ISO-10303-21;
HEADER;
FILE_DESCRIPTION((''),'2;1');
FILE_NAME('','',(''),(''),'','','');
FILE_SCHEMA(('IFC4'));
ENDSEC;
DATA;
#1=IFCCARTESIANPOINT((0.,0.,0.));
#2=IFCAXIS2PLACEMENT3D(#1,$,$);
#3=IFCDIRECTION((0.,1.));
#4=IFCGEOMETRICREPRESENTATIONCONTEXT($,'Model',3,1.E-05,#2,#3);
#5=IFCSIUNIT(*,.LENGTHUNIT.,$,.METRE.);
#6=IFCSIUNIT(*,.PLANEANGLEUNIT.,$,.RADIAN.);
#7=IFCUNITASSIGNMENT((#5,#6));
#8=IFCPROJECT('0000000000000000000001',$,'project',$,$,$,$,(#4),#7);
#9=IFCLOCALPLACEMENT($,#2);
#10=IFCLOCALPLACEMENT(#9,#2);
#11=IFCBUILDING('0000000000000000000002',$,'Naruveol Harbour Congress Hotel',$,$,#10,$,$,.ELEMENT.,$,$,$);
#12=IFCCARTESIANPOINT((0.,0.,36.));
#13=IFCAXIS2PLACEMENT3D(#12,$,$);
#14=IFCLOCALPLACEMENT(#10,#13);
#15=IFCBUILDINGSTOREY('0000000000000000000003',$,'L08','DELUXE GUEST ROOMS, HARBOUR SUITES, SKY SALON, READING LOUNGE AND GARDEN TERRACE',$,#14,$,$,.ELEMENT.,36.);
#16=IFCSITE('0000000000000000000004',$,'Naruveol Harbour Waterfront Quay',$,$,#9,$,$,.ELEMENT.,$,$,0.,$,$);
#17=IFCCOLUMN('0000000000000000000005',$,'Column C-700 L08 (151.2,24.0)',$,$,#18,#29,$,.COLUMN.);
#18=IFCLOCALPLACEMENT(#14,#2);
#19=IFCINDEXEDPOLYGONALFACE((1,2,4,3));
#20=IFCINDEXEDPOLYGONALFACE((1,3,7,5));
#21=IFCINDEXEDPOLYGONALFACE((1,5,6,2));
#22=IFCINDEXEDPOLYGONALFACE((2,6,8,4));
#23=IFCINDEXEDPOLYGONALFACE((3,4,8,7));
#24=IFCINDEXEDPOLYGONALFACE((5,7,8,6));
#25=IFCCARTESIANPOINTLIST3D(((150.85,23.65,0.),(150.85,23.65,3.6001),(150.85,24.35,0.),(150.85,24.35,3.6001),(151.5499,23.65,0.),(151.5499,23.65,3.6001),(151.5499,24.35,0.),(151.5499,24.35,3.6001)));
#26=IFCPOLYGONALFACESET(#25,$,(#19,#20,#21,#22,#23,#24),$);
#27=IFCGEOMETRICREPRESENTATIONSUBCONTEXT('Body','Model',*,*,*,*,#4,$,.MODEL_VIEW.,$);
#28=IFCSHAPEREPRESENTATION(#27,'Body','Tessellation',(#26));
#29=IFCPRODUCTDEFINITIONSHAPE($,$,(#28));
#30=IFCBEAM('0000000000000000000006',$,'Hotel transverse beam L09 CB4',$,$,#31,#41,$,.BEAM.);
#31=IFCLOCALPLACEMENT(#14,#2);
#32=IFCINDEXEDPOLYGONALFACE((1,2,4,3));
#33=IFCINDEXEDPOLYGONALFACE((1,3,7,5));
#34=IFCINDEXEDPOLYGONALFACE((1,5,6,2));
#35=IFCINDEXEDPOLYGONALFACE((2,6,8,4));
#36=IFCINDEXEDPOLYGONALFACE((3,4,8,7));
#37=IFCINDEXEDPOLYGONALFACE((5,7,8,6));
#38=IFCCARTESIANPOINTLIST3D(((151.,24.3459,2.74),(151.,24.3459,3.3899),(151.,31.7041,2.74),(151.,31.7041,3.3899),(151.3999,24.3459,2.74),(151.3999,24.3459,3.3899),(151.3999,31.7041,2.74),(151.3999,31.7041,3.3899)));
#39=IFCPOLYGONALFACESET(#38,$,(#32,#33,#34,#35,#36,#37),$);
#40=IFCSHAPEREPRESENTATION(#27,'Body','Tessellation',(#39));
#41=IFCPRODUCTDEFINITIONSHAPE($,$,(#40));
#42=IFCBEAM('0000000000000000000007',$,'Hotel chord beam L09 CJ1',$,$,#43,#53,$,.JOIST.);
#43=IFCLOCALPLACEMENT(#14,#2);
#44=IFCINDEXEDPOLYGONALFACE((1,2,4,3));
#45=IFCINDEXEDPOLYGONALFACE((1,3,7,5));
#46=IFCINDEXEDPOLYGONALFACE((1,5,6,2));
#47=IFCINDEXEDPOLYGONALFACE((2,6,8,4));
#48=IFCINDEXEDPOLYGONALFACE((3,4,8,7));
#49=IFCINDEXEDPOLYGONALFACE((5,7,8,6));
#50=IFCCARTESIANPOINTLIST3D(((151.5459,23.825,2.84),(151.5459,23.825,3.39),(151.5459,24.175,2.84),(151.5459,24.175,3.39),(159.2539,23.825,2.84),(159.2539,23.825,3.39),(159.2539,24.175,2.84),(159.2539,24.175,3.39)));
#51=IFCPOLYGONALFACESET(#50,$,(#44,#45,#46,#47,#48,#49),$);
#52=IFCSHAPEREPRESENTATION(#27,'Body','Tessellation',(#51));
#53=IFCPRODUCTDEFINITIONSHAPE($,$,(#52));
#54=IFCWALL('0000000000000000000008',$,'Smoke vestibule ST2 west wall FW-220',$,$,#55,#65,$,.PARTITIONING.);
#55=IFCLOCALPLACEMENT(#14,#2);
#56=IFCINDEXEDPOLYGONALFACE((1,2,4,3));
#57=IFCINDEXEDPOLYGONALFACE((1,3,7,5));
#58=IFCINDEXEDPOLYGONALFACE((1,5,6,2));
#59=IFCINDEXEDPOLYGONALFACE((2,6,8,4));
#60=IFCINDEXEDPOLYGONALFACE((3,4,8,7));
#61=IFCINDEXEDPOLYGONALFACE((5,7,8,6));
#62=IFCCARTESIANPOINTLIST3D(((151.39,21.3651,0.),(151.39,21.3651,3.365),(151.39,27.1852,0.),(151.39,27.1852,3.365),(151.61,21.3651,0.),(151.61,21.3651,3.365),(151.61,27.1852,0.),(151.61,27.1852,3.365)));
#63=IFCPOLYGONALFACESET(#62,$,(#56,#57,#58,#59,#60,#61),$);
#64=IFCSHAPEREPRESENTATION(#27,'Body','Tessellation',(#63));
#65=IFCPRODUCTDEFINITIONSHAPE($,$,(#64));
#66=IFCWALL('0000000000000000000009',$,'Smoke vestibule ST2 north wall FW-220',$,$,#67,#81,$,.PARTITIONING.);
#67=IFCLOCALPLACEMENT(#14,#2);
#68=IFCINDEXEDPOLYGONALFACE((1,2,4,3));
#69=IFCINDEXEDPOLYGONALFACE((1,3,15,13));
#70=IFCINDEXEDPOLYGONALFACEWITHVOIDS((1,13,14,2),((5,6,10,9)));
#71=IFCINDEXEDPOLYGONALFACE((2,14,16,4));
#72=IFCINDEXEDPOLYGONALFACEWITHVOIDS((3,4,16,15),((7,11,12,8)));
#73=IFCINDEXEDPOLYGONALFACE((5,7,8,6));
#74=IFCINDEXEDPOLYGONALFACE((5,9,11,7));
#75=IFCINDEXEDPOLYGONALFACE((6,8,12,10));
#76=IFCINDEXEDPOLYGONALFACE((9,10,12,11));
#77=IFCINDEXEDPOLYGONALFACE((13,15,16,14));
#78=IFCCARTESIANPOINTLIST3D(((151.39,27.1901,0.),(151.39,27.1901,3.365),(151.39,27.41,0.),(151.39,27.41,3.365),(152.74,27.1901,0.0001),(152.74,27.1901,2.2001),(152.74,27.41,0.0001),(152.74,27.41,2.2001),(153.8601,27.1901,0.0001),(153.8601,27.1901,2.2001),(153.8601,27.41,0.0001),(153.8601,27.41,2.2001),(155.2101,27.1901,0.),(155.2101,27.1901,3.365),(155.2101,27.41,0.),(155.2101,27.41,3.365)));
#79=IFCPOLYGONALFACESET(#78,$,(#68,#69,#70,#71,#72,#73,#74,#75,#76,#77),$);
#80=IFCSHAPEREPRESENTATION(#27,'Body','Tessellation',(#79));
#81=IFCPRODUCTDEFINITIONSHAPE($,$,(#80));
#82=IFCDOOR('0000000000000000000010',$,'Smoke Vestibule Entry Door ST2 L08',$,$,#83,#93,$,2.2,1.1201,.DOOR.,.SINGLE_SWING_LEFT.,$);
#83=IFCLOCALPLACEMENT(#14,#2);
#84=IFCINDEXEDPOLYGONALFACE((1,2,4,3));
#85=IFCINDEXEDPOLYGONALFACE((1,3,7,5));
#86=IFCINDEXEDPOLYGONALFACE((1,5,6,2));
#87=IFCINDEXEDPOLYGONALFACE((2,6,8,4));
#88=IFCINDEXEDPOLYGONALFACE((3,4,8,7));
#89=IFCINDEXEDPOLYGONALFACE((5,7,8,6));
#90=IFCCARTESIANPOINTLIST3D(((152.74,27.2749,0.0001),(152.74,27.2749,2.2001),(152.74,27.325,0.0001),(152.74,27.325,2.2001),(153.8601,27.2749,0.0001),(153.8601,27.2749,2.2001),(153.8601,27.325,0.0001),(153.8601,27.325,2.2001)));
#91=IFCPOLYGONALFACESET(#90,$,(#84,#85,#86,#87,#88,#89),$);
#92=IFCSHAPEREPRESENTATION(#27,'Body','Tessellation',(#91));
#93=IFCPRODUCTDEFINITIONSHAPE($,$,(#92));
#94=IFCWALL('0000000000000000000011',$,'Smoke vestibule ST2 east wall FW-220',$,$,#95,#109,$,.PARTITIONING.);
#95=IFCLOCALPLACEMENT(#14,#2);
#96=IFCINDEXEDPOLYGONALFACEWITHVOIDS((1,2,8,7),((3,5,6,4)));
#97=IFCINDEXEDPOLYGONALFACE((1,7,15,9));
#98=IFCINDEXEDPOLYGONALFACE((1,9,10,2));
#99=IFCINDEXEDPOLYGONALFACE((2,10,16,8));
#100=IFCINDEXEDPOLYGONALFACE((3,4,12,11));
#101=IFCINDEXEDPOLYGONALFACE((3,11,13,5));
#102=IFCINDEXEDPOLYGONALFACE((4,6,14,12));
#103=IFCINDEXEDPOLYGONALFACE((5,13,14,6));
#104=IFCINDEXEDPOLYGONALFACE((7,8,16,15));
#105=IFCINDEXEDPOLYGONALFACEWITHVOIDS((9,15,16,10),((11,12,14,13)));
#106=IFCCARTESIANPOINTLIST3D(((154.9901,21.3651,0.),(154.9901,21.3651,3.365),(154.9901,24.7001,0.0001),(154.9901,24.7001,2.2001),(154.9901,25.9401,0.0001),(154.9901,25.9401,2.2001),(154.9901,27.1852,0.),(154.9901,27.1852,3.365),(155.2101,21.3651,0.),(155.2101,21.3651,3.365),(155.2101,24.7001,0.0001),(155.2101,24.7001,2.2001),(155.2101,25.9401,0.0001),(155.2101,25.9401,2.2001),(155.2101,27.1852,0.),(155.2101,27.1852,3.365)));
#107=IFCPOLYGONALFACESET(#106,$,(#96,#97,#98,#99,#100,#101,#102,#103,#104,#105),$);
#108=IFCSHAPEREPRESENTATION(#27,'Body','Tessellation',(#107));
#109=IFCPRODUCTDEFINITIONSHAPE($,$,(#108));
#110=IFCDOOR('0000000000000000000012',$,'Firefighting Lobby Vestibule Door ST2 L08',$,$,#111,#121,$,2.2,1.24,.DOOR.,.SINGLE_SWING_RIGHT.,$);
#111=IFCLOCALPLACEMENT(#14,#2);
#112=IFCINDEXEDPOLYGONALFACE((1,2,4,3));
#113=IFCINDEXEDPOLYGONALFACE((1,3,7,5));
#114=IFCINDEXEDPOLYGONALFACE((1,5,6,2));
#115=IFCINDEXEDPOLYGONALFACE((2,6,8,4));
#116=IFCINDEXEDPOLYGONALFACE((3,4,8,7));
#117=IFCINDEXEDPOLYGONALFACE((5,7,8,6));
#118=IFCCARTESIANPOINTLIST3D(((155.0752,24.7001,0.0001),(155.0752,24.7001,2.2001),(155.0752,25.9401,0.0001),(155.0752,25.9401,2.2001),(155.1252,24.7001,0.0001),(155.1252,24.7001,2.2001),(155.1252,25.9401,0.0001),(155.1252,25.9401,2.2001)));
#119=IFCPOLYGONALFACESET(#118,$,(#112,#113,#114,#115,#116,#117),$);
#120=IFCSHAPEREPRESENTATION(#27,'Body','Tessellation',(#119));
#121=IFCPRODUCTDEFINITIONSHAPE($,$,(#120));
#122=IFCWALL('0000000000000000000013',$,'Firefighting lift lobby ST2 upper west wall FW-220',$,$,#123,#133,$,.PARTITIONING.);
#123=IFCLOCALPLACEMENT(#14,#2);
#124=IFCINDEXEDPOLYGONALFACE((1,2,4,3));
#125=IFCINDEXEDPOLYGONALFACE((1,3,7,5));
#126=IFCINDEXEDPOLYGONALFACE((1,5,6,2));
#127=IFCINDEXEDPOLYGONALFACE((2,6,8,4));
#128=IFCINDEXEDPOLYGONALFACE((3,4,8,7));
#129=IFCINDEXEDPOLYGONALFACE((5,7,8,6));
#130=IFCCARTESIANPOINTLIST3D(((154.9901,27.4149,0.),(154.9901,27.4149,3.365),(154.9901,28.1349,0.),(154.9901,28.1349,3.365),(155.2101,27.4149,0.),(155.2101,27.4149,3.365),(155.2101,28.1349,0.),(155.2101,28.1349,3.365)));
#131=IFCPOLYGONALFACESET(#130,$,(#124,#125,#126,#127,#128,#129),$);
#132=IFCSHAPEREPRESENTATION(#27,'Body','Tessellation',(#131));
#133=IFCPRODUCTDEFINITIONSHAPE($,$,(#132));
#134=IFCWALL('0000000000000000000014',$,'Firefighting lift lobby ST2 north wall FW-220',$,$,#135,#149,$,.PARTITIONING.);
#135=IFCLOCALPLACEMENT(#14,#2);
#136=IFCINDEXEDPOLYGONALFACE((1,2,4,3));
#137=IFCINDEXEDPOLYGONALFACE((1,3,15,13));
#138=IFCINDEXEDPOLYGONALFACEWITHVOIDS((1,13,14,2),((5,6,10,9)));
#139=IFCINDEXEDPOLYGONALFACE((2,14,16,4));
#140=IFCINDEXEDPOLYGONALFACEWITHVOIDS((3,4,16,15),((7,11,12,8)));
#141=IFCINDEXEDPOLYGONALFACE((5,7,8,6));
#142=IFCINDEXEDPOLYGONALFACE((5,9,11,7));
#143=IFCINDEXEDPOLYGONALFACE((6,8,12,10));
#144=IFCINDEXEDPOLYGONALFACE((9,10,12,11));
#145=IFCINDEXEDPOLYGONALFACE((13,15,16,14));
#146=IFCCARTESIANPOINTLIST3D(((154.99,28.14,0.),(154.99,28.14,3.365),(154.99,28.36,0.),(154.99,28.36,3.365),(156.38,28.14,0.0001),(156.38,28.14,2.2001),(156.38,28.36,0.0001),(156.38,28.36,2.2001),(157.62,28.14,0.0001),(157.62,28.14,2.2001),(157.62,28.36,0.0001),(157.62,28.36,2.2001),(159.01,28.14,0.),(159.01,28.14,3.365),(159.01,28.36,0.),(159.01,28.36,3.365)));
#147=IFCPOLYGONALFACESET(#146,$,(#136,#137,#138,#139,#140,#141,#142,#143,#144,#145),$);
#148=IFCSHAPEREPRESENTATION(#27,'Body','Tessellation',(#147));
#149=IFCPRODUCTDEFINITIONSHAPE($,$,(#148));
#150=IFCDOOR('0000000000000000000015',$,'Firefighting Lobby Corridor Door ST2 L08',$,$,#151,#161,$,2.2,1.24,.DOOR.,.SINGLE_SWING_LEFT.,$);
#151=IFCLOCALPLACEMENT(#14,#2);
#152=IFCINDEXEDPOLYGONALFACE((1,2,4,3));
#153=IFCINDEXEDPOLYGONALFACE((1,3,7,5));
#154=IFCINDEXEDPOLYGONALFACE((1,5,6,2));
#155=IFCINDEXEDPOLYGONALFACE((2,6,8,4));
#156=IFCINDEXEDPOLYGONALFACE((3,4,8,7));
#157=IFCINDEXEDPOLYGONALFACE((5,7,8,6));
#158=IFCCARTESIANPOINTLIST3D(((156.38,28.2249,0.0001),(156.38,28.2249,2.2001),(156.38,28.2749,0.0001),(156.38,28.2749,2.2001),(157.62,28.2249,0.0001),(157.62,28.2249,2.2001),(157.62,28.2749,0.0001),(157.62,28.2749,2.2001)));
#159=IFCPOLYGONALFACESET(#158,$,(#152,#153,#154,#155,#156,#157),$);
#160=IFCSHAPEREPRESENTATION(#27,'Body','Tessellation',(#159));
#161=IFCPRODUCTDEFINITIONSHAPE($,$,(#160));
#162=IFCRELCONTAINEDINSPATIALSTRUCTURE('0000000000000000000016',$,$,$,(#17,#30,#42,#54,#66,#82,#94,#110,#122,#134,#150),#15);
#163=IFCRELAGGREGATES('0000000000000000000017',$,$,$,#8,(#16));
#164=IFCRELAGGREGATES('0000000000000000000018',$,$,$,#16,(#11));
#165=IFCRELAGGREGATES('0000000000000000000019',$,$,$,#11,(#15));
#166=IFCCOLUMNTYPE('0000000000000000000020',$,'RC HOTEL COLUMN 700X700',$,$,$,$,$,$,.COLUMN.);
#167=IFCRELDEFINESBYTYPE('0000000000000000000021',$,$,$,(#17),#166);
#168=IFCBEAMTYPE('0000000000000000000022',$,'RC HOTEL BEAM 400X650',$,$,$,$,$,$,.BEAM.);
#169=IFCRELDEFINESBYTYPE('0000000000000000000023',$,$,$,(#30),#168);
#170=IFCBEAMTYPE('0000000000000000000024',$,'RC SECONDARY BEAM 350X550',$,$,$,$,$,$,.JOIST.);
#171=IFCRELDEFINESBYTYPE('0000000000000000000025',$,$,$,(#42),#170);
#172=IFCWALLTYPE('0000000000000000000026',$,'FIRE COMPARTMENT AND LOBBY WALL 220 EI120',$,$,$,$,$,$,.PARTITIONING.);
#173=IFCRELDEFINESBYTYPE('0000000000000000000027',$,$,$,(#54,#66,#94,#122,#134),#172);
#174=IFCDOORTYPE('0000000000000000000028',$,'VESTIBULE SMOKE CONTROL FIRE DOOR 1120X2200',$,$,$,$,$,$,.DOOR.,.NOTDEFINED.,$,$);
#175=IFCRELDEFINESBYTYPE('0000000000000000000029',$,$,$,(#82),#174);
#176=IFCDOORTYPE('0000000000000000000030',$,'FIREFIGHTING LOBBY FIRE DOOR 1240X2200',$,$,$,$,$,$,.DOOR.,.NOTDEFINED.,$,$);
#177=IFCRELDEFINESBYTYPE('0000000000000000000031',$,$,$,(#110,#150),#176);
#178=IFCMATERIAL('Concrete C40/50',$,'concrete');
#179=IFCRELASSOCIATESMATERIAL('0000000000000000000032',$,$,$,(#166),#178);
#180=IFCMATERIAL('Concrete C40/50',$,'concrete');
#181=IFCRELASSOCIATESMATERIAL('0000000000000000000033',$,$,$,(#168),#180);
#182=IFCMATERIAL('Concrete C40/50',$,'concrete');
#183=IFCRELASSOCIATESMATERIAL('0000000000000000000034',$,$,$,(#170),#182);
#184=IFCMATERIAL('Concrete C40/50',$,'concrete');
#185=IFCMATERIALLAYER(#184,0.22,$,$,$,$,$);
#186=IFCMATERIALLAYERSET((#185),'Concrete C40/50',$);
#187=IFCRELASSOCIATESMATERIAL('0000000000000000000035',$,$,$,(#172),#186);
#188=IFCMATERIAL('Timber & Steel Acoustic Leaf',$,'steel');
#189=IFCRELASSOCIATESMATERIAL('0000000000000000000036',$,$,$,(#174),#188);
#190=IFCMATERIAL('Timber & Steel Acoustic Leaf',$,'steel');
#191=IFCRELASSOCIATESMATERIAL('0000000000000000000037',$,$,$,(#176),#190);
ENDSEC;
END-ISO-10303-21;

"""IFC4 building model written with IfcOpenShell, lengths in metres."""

from ifc_helpers import new_model, si_unit, direction, frame, frame_2d, origin, origin_2d, place, context, subcontext, project, spatial, rectangle, extrude, material, layer, layer_set, material_profile, profile_set, type_object, element, fill, save


model = new_model("IFC4")

# Units and contexts
model_context = context("Model", 3, precision=1e-05, world=origin(), true_north=direction((0.0, 1.0)))
body_context = subcontext(model_context, "Body", "Model", "MODEL_VIEW")
ifc_project = project(units=[si_unit("LENGTHUNIT", "METRE"), si_unit("PLANEANGLEUNIT", "RADIAN")], contexts=[model_context])

# Site, building, storey
site_placement = place(None, origin())
site = spatial("IfcSite", under=ifc_project, at=site_placement, Name="Naruveol Harbour Waterfront Quay", CompositionType="ELEMENT", RefElevation=0.0)
building_placement = place(site_placement, origin())
building = spatial("IfcBuilding", under=site, at=building_placement, Name="Naruveol Harbour Congress Hotel", CompositionType="ELEMENT")
storey_placement = place(building_placement, frame((0.0, 0.0, 36.0)))
storey = spatial("IfcBuildingStorey", under=building, at=storey_placement, Name="L08", Description="DELUXE GUEST ROOMS, HARBOUR SUITES, SKY SALON, READING LOUNGE AND GARDEN TERRACE", CompositionType="ELEMENT", Elevation=36.0)

# Column
ifc_material_1 = material(Name="Concrete C40/50", Category="concrete")
ifc_material_profile_1 = material_profile(ifc_material_1, rectangle(XDim=0.7, YDim=0.7, at=origin_2d()), Name="RC-700x700")
ifc_profile_set_1 = profile_set([ifc_material_profile_1], Name="Concrete C40/50")
column_type = type_object("IfcColumnType", Name="RC HOTEL COLUMN 700X700", PredefinedType="COLUMN", material=ifc_profile_set_1)
column_placement = place(storey_placement, frame((151.2, 24.0, 0.0), z_axis=(0.0, 0.0, 1.0), x_axis=(1.0, 0.0, 0.0)))
element("IfcColumn", 1, at=column_placement, inside=storey, type_object=column_type, Name="Column C-700 L08 (151.2,24.0)", PredefinedType="COLUMN", context=body_context, shape_type="SweptSolid", body=[
    extrude(rectangle(XDim=0.7, YDim=0.7, at=origin_2d()), origin(), (0.0, 0.0, 1.0), 3.6001),
])

# Beams
ifc_material_2 = material(Name="Concrete C40/50", Category="concrete")
ifc_material_profile_2 = material_profile(ifc_material_2, rectangle(XDim=0.3999, YDim=0.6499, at=origin_2d()), Name="RCB-400x650")
ifc_profile_set_2 = profile_set([ifc_material_profile_2], Name="Concrete C40/50")
beam_type_1 = type_object("IfcBeamType", Name="RC HOTEL BEAM 400X650", PredefinedType="BEAM", material=ifc_profile_set_2)
beam_1_placement = place(storey_placement, frame((151.2, 24.3459, 3.0649), z_axis=(0.0, 1.0, 0.0), x_axis=(-1.0, 0.0, 0.0)))
element("IfcBeam", 2, at=beam_1_placement, inside=storey, type_object=beam_type_1, Name="Hotel transverse beam L09 CB4", PredefinedType="BEAM", context=body_context, shape_type="SweptSolid", body=[
    extrude(rectangle(XDim=0.3999, YDim=0.6499, at=origin_2d()), origin(), (0.0, 0.0, 1.0), 7.3582),
])
ifc_material_3 = material(Name="Concrete C40/50", Category="concrete")
ifc_material_profile_3 = material_profile(ifc_material_3, rectangle(XDim=0.3501, YDim=0.55, at=origin_2d()), Name="RCB-350x550")
ifc_profile_set_3 = profile_set([ifc_material_profile_3], Name="Concrete C40/50")
beam_type_2 = type_object("IfcBeamType", Name="RC SECONDARY BEAM 350X550", PredefinedType="JOIST", material=ifc_profile_set_3)
beam_2_placement = place(storey_placement, frame((151.5459, 24.0, 3.115), z_axis=(1.0, 0.0, 0.0), x_axis=(0.0, 1.0, 0.0)))
element("IfcBeam", 3, at=beam_2_placement, inside=storey, type_object=beam_type_2, Name="Hotel chord beam L09 CJ1", PredefinedType="JOIST", context=body_context, shape_type="SweptSolid", body=[
    extrude(rectangle(XDim=0.3501, YDim=0.55, at=origin_2d()), origin(), (0.0, 0.0, 1.0), 7.708),
])

# Wall
ifc_material_4 = material(Name="Concrete C40/50", Category="concrete")
ifc_layer_1 = layer(ifc_material_4, 0.22)
ifc_layer_set_1 = layer_set([ifc_layer_1], Name="Concrete C40/50")
wall_type_1 = type_object("IfcWallType", Name="FIRE COMPARTMENT AND LOBBY WALL 220 EI120", PredefinedType="PARTITIONING", material=ifc_layer_set_1)
wall_1_placement = place(storey_placement, frame((151.5, 21.365, 0.0), z_axis=(0.0, 0.0, 1.0), x_axis=(0.0, 1.0, 0.0)))
element("IfcWall", 4, at=wall_1_placement, inside=storey, type_object=wall_type_1, Name="Smoke vestibule ST2 west wall FW-220", PredefinedType="PARTITIONING", context=body_context, shape_type="SweptSolid", body=[
    extrude(rectangle(XDim=5.8201, YDim=0.22, at=frame_2d((2.9102, 0.0))), origin(), (0.0, 0.0, 1.0), 3.365),
])

# Walls, openings, doors
wall_2_placement = place(storey_placement, frame((151.3899, 27.3, 0.0), z_axis=(0.0, 0.0, 1.0), x_axis=(1.0, 0.0, 0.0)))
wall_2 = element("IfcWall", 5, at=wall_2_placement, inside=storey, type_object=wall_type_1, Name="Smoke vestibule ST2 north wall FW-220", PredefinedType="PARTITIONING", context=body_context, shape_type="SweptSolid", body=[
    extrude(rectangle(XDim=3.8201, YDim=0.22, at=frame_2d((1.9102, 0.0))), origin(), (0.0, 0.0, 1.0), 3.365),
])
opening_1_placement = place(wall_2_placement, frame((1.3501, 0.0, 0.0)))
opening_1 = element("IfcOpeningElement", 6, at=opening_1_placement, cuts=wall_2, PredefinedType="OPENING", context=body_context, shape_type="SweptSolid", body=[
    extrude(rectangle(XDim=1.1201, YDim=2.2, at=frame_2d((0.5601, 1.1001))), frame((0.0, 0.1199, 0.0), z_axis=(0.0, -1.0, 0.0), x_axis=(1.0, 0.0, 0.0)), (0.0, 0.0, 1.0), 0.24),
])
ifc_material_5 = material(Name="Timber & Steel Acoustic Leaf", Category="steel")
door_type_1 = type_object("IfcDoorType", Name="VESTIBULE SMOKE CONTROL FIRE DOOR 1120X2200", OperationType="NOTDEFINED", PredefinedType="DOOR", material=ifc_material_5)
door_1_placement = place(opening_1_placement, origin())
door_1 = element("IfcDoor", 7, at=door_1_placement, inside=storey, type_object=door_type_1, Name="Smoke Vestibule Entry Door ST2 L08", OperationType="SINGLE_SWING_LEFT", OverallHeight=2.2, OverallWidth=1.1201, PredefinedType="DOOR", context=body_context, shape_type="SweptSolid", body=[
    extrude(rectangle(XDim=1.1201, YDim=2.2, at=frame_2d((0.5601, 1.1001))), frame((0.0, 0.0249, 0.0), z_axis=(0.0, -1.0, 0.0), x_axis=(1.0, 0.0, 0.0)), (0.0, 0.0, 1.0), 0.05),
])
fill(opening_1, door_1)
wall_3_placement = place(storey_placement, frame((155.1001, 21.365, 0.0), z_axis=(0.0, 0.0, 1.0), x_axis=(0.0, 1.0, 0.0)))
wall_3 = element("IfcWall", 8, at=wall_3_placement, inside=storey, type_object=wall_type_1, Name="Smoke vestibule ST2 east wall FW-220", PredefinedType="PARTITIONING", context=body_context, shape_type="SweptSolid", body=[
    extrude(rectangle(XDim=5.8201, YDim=0.22, at=frame_2d((2.9102, 0.0))), origin(), (0.0, 0.0, 1.0), 3.365),
])
opening_2_placement = place(wall_3_placement, frame((3.335, 0.0, 0.0)))
opening_2 = element("IfcOpeningElement", 9, at=opening_2_placement, cuts=wall_3, PredefinedType="OPENING", context=body_context, shape_type="SweptSolid", body=[
    extrude(rectangle(XDim=1.24, YDim=2.2, at=frame_2d((0.6201, 1.1001))), frame((0.0, 0.1199, 0.0), z_axis=(0.0, -1.0, 0.0), x_axis=(1.0, 0.0, 0.0)), (0.0, 0.0, 1.0), 0.24),
])
ifc_material_6 = material(Name="Timber & Steel Acoustic Leaf", Category="steel")
door_type_2 = type_object("IfcDoorType", Name="FIREFIGHTING LOBBY FIRE DOOR 1240X2200", OperationType="NOTDEFINED", PredefinedType="DOOR", material=ifc_material_6)
door_2_placement = place(opening_2_placement, origin())
door_2 = element("IfcDoor", 10, at=door_2_placement, inside=storey, type_object=door_type_2, Name="Firefighting Lobby Vestibule Door ST2 L08", OperationType="SINGLE_SWING_RIGHT", OverallHeight=2.2, OverallWidth=1.24, PredefinedType="DOOR", context=body_context, shape_type="SweptSolid", body=[
    extrude(rectangle(XDim=1.24, YDim=2.2, at=frame_2d((0.6201, 1.1001))), frame((0.0, 0.0249, 0.0), z_axis=(0.0, -1.0, 0.0), x_axis=(1.0, 0.0, 0.0)), (0.0, 0.0, 1.0), 0.05),
])
fill(opening_2, door_2)

# Wall
wall_4_placement = place(storey_placement, frame((155.1001, 27.415, 0.0), z_axis=(0.0, 0.0, 1.0), x_axis=(0.0, 1.0, 0.0)))
element("IfcWall", 11, at=wall_4_placement, inside=storey, type_object=wall_type_1, Name="Firefighting lift lobby ST2 upper west wall FW-220", PredefinedType="PARTITIONING", context=body_context, shape_type="SweptSolid", body=[
    extrude(rectangle(XDim=0.72, YDim=0.22, at=frame_2d((0.3599, 0.0))), origin(), (0.0, 0.0, 1.0), 3.365),
])

# Wall, opening, door
wall_5_placement = place(storey_placement, frame((154.99, 28.25, 0.0), z_axis=(0.0, 0.0, 1.0), x_axis=(1.0, 0.0, 0.0)))
wall_5 = element("IfcWall", 12, at=wall_5_placement, inside=storey, type_object=wall_type_1, Name="Firefighting lift lobby ST2 north wall FW-220", PredefinedType="PARTITIONING", context=body_context, shape_type="SweptSolid", body=[
    extrude(rectangle(XDim=4.02, YDim=0.22, at=frame_2d((2.01, 0.0))), origin(), (0.0, 0.0, 1.0), 3.365),
])
opening_3_placement = place(wall_5_placement, frame((1.3899, 0.0, 0.0)))
opening_3 = element("IfcOpeningElement", 13, at=opening_3_placement, cuts=wall_5, PredefinedType="OPENING", context=body_context, shape_type="SweptSolid", body=[
    extrude(rectangle(XDim=1.24, YDim=2.2, at=frame_2d((0.6201, 1.1001))), frame((0.0, 0.1199, 0.0), z_axis=(0.0, -1.0, 0.0), x_axis=(1.0, 0.0, 0.0)), (0.0, 0.0, 1.0), 0.24),
])
door_3_placement = place(opening_3_placement, origin())
door_3 = element("IfcDoor", 14, at=door_3_placement, inside=storey, type_object=door_type_2, Name="Firefighting Lobby Corridor Door ST2 L08", OperationType="SINGLE_SWING_LEFT", OverallHeight=2.2, OverallWidth=1.24, PredefinedType="DOOR", context=body_context, shape_type="SweptSolid", body=[
    extrude(rectangle(XDim=1.24, YDim=2.2, at=frame_2d((0.6201, 1.1001))), frame((0.0, 0.0249, 0.0), z_axis=(0.0, -1.0, 0.0), x_axis=(1.0, 0.0, 0.0)), (0.0, 0.0, 1.0), 0.05),
])
fill(opening_3, door_3)

save(model, "model.ifc")
